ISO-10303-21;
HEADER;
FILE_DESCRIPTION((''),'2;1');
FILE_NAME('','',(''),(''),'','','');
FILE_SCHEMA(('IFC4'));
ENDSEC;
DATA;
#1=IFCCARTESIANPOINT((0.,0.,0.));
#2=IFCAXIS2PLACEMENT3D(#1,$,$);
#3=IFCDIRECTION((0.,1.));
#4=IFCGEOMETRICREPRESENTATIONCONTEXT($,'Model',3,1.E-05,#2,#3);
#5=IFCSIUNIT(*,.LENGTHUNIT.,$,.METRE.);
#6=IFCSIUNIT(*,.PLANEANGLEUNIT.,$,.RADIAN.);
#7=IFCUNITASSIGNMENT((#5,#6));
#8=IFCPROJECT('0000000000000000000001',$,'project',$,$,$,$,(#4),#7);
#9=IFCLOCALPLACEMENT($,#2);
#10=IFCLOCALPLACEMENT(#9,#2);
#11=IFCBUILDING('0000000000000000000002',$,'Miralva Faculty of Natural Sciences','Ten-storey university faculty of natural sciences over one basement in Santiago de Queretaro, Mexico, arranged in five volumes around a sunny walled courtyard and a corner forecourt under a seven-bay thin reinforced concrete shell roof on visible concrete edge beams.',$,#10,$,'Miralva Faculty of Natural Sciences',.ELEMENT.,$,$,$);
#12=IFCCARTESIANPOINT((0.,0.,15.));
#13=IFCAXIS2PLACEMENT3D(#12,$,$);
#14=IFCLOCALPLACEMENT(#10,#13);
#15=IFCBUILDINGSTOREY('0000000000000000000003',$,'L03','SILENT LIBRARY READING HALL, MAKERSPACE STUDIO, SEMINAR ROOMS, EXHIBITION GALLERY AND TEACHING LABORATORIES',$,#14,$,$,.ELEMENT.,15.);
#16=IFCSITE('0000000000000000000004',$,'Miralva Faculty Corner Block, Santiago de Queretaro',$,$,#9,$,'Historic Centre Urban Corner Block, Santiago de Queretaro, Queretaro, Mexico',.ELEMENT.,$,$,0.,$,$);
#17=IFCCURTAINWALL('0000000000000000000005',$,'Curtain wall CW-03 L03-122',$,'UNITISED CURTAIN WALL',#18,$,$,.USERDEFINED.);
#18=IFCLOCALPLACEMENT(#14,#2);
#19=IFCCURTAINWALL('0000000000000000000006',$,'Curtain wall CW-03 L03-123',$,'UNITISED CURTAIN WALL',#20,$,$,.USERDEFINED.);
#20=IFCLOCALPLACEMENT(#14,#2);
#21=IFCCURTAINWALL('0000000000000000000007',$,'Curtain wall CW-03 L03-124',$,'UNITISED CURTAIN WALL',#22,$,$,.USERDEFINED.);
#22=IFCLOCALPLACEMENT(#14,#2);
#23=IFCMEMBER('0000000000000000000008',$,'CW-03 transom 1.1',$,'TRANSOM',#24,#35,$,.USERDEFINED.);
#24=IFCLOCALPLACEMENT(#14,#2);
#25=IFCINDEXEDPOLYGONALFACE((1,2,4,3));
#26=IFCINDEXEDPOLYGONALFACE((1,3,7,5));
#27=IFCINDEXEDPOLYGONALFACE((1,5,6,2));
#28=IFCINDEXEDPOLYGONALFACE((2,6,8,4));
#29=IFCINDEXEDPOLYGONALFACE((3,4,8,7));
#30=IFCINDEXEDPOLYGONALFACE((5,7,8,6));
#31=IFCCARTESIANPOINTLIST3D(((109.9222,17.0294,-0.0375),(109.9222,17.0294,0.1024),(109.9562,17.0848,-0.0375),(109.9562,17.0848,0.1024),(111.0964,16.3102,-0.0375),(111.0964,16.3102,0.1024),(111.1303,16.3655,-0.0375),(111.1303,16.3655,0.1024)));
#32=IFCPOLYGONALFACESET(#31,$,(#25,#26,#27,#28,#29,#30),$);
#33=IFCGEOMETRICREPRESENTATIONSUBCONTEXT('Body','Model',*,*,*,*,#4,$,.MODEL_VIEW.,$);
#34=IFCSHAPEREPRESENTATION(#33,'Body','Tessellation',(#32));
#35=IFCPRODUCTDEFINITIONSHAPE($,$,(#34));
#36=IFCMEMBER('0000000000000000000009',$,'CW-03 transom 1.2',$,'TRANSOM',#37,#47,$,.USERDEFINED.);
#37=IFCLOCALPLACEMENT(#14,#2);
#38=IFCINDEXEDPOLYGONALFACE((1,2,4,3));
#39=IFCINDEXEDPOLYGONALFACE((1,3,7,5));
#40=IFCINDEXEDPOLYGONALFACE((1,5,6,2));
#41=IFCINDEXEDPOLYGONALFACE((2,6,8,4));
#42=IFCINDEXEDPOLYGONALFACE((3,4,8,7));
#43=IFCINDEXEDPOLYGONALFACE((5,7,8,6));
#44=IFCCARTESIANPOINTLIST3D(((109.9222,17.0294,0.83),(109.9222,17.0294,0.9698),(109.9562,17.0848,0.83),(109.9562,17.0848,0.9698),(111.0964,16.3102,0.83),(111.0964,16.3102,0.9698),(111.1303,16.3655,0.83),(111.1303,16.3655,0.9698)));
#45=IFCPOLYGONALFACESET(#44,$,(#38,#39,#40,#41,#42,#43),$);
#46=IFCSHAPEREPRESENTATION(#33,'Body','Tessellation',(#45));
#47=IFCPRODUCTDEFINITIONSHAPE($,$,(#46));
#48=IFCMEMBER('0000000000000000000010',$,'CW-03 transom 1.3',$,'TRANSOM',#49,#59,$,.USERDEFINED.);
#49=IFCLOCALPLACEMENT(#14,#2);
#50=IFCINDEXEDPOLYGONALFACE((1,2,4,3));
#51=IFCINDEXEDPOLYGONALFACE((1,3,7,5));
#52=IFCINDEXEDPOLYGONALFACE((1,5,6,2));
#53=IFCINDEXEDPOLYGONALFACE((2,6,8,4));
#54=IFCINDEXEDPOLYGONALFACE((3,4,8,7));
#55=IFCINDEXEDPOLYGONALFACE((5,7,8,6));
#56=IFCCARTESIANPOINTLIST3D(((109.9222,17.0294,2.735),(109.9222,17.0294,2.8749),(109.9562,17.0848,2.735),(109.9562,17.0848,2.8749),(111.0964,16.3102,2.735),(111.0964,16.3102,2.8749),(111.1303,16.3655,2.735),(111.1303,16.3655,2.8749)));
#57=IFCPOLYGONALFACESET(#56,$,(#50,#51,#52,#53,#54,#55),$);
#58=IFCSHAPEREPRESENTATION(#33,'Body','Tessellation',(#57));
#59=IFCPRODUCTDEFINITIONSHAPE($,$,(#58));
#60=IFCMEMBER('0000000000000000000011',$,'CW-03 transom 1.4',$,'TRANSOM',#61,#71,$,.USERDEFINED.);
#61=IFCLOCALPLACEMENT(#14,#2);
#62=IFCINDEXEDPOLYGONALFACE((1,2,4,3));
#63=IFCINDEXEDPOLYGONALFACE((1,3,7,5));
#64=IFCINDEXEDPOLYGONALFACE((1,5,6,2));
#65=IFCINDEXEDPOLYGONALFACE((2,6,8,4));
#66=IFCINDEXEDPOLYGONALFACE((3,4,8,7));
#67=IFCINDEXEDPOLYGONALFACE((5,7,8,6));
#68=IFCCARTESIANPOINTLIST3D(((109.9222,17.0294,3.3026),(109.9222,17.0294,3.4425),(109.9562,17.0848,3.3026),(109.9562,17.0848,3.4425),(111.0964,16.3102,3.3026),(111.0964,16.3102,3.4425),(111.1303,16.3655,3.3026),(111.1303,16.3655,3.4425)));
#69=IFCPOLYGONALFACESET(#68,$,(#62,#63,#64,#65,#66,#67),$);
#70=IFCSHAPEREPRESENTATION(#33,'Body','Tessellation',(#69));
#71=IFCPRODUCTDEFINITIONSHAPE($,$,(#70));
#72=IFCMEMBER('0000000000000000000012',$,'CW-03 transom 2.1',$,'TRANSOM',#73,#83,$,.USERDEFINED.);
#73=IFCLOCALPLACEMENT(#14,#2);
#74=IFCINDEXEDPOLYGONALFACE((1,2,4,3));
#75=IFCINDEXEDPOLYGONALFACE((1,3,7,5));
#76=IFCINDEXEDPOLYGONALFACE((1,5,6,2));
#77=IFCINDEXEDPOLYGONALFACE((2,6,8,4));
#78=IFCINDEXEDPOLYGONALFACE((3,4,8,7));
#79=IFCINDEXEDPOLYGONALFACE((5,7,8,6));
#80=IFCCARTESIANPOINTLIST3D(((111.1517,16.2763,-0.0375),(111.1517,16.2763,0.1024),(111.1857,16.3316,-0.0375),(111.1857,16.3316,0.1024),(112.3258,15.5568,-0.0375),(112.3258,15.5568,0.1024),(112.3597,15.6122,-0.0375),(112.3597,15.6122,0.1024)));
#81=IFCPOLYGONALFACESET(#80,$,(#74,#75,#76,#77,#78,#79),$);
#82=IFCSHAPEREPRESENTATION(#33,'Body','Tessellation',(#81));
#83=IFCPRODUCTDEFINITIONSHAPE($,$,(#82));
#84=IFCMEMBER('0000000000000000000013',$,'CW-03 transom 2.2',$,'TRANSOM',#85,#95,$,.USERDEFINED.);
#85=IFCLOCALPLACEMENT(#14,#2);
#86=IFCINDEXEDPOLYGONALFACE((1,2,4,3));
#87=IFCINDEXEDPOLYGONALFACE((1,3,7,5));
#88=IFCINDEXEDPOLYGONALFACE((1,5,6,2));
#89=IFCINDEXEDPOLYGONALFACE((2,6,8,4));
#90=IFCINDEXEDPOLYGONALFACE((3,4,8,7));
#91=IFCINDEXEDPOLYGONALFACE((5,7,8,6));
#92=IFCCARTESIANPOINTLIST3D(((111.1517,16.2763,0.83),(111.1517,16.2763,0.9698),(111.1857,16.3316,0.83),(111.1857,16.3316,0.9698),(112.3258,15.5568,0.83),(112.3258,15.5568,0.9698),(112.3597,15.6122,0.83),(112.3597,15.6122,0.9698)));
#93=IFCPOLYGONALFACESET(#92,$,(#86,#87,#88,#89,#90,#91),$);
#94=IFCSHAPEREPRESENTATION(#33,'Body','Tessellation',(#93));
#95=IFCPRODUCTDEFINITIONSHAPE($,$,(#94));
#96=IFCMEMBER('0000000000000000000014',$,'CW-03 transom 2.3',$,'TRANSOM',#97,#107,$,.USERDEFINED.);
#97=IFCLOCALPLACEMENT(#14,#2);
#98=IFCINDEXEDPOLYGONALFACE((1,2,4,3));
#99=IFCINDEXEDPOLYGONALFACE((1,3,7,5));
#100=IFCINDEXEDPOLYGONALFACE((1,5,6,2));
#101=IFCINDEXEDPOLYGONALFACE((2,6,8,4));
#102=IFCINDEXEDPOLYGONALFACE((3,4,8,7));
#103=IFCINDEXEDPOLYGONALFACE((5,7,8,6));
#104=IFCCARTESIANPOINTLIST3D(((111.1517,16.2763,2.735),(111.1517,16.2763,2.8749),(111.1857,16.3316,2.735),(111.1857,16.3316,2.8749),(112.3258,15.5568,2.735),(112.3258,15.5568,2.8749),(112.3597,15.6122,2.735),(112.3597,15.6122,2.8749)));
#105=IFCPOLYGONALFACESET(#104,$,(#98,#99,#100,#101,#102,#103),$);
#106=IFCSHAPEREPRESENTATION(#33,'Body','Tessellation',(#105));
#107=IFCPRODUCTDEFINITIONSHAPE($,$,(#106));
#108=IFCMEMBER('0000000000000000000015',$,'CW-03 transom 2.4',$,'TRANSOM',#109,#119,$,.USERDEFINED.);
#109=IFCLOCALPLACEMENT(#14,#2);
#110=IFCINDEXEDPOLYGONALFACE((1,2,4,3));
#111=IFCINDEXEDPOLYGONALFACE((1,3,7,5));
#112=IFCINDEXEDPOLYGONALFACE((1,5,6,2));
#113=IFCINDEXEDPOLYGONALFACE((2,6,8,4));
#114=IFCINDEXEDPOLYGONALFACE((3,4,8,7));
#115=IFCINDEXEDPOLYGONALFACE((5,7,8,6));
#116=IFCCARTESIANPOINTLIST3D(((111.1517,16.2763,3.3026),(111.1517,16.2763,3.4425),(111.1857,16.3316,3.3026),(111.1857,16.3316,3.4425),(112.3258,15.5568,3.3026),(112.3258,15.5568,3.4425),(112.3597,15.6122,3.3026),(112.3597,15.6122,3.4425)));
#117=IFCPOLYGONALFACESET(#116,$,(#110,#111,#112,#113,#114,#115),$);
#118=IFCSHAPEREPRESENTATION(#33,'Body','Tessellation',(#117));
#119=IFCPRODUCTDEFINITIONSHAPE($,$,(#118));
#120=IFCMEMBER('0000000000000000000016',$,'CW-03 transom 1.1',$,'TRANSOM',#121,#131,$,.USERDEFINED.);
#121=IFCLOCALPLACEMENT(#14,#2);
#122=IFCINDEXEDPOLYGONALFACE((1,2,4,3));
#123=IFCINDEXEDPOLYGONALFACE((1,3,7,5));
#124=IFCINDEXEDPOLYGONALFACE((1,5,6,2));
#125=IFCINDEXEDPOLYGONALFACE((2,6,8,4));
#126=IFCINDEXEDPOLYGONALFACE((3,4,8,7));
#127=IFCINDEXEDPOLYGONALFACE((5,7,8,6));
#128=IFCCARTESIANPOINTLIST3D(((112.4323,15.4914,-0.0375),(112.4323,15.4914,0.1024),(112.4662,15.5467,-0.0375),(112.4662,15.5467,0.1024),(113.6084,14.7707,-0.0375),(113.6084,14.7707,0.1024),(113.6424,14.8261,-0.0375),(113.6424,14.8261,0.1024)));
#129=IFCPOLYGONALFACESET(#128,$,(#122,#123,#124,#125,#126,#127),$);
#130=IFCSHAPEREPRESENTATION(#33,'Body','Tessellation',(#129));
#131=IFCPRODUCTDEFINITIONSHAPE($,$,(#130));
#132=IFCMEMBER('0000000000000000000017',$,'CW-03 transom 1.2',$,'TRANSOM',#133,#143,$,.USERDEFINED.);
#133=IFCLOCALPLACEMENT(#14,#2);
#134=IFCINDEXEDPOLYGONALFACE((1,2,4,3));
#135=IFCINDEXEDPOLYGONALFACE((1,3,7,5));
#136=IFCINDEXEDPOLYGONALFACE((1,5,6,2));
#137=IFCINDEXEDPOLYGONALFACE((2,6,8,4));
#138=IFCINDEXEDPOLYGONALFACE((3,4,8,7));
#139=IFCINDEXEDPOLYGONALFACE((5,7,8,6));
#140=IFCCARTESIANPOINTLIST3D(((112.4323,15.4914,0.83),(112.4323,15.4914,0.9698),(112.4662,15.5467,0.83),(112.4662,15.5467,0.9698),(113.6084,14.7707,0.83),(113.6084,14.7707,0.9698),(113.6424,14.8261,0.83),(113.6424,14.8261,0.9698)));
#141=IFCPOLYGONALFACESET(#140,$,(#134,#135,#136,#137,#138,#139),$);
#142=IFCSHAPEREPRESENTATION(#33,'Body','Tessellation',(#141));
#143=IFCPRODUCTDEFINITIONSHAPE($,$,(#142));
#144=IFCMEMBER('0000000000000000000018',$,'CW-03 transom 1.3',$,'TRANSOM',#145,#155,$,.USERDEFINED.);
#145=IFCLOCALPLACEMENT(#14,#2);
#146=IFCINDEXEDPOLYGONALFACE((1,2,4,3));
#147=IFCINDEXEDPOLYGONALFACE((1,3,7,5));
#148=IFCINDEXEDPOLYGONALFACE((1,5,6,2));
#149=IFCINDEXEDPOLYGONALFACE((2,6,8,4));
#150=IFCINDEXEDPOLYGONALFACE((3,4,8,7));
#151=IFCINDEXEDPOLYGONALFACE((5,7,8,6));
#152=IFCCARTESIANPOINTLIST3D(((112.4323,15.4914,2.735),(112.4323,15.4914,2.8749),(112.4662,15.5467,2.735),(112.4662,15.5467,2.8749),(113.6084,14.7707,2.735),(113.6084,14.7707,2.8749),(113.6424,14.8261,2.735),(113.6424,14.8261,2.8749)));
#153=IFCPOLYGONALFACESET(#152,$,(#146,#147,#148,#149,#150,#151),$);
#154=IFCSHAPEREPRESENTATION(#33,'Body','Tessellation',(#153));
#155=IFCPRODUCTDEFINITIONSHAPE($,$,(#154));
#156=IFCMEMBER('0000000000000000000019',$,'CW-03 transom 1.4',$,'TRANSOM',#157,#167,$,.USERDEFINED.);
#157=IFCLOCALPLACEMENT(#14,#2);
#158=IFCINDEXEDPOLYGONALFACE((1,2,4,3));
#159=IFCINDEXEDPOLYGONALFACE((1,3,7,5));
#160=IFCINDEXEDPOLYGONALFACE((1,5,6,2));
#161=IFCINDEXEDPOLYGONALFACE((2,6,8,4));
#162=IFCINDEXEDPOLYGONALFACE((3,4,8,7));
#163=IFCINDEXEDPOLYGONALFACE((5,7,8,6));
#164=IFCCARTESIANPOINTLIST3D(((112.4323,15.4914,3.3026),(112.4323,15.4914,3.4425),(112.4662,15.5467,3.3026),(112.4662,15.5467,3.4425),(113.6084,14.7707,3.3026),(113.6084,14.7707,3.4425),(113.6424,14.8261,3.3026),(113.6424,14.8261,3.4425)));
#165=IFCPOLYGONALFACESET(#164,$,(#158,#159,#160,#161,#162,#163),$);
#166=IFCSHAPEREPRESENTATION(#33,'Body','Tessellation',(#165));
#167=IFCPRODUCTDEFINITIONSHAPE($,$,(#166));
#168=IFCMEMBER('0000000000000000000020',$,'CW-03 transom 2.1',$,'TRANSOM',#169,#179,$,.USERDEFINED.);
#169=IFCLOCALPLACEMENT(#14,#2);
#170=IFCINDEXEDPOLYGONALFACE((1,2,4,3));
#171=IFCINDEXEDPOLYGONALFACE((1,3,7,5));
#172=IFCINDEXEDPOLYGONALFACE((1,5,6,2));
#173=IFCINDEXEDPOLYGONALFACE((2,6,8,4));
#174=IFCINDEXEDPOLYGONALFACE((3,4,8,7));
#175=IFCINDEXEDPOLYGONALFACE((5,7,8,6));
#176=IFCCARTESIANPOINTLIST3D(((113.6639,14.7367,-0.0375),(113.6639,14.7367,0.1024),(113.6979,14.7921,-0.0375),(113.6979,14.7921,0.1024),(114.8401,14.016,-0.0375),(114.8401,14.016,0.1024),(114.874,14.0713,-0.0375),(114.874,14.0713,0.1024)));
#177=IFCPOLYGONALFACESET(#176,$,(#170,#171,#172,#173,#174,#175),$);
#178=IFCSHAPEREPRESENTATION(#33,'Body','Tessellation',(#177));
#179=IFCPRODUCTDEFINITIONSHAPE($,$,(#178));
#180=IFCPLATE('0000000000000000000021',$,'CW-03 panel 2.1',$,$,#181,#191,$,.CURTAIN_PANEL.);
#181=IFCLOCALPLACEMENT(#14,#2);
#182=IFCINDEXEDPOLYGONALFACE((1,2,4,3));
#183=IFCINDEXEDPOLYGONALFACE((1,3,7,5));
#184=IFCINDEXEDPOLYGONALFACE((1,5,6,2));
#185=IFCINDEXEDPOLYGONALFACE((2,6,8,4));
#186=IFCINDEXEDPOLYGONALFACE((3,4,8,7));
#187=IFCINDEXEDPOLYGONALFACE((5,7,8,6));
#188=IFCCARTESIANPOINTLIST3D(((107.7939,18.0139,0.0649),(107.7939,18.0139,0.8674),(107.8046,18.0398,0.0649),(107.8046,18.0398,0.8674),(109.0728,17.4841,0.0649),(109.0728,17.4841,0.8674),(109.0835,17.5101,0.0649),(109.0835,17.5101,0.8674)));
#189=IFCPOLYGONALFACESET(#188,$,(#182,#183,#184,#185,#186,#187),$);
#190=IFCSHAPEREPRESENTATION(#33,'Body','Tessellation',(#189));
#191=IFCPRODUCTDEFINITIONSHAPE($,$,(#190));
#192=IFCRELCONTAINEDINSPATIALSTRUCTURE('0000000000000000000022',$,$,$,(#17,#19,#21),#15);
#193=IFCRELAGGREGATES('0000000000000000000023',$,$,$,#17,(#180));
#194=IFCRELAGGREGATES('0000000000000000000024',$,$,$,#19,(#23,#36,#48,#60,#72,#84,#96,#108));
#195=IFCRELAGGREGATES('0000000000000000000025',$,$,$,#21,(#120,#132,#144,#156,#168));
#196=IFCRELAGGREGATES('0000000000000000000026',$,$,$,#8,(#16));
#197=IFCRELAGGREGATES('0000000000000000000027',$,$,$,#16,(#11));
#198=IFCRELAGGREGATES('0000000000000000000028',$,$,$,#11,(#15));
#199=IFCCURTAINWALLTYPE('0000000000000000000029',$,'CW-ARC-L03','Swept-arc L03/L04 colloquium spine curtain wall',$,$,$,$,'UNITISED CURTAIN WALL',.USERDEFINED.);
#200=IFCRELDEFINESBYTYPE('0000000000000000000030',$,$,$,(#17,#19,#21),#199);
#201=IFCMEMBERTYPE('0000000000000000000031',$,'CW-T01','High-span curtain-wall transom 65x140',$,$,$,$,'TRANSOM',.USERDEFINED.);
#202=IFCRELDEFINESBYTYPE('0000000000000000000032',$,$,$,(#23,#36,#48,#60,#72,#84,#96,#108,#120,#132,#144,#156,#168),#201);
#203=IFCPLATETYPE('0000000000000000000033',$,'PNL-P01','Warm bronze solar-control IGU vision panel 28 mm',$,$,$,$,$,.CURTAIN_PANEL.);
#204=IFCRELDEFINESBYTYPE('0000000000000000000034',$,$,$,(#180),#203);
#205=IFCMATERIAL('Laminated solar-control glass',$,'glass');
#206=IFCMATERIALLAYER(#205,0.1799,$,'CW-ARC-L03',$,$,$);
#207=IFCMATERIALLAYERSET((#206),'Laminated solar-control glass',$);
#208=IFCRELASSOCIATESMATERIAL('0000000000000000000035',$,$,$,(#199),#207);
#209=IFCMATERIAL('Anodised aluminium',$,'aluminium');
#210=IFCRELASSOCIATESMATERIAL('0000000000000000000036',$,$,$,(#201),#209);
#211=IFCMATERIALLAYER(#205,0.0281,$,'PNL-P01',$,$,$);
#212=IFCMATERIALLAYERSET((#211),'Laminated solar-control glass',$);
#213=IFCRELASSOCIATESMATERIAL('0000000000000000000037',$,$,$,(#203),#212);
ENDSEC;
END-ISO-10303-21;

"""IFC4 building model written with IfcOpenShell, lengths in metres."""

from ifc_helpers import new_model, si_unit, direction, frame, origin, origin_2d, place, context, subcontext, project, spatial, rectangle, extrude, material, layer, layer_set, material_profile, profile_set, type_object, element, aggregate, save


model = new_model("IFC4")

# Units and contexts
model_context = context("Model", 3, precision=1e-05, world=origin(), true_north=direction((0.0, 1.0)))
body_context = subcontext(model_context, "Body", "Model", "MODEL_VIEW")
ifc_project = project(units=[si_unit("LENGTHUNIT", "METRE"), si_unit("PLANEANGLEUNIT", "RADIAN")], contexts=[model_context])

# Site, building, storey
site_placement = place(None, origin())
site = spatial("IfcSite", under=ifc_project, at=site_placement, Name="Miralva Faculty Corner Block, Santiago de Queretaro", LongName="Historic Centre Urban Corner Block, Santiago de Queretaro, Queretaro, Mexico", CompositionType="ELEMENT", RefElevation=0.0)
building_placement = place(site_placement, origin())
building = spatial("IfcBuilding", under=site, at=building_placement, Name="Miralva Faculty of Natural Sciences", Description="Ten-storey university faculty of natural sciences over one basement in Santiago de Queretaro, Mexico, arranged in five volumes around a sunny walled courtyard and a corner forecourt under a seven-bay thin reinforced concrete shell roof on visible concrete edge beams.", LongName="Miralva Faculty of Natural Sciences", CompositionType="ELEMENT")
storey_placement = place(building_placement, frame((0.0, 0.0, 15.0)))
storey = spatial("IfcBuildingStorey", under=building, at=storey_placement, Name="L03", Description="SILENT LIBRARY READING HALL, MAKERSPACE STUDIO, SEMINAR ROOMS, EXHIBITION GALLERY AND TEACHING LABORATORIES", CompositionType="ELEMENT", Elevation=15.0)

# Curtain wall
ifc_material_1 = material(Name="Laminated solar-control glass", Category="glass")
ifc_layer_1 = layer(ifc_material_1, 0.1799, Name="CW-ARC-L03")
ifc_layer_set_1 = layer_set([ifc_layer_1], Name="Laminated solar-control glass")
curtain_wall_type = type_object("IfcCurtainWallType", Name="CW-ARC-L03", Description="Swept-arc L03/L04 colloquium spine curtain wall", ElementType="UNITISED CURTAIN WALL", PredefinedType="USERDEFINED", material=ifc_layer_set_1)
curtain_wall_1_placement = place(storey_placement, origin())
curtain_wall_1 = element("IfcCurtainWall", 1, at=curtain_wall_1_placement, inside=storey, type_object=curtain_wall_type, Name="Curtain wall CW-03 L03-122", ObjectType="UNITISED CURTAIN WALL", PredefinedType="USERDEFINED")
ifc_material_2 = material(Name="Anodised aluminium", Category="aluminium")

# Curtain walls
curtain_wall_2_placement = place(storey_placement, origin())
curtain_wall_2 = element("IfcCurtainWall", 2, at=curtain_wall_2_placement, inside=storey, type_object=curtain_wall_type, Name="Curtain wall CW-03 L03-123", ObjectType="UNITISED CURTAIN WALL", PredefinedType="USERDEFINED")
curtain_wall_3_placement = place(storey_placement, origin())
curtain_wall_3 = element("IfcCurtainWall", 3, at=curtain_wall_3_placement, inside=storey, type_object=curtain_wall_type, Name="Curtain wall CW-03 L03-124", ObjectType="UNITISED CURTAIN WALL", PredefinedType="USERDEFINED")

# Members
ifc_material_profile_1 = material_profile(ifc_material_2, rectangle(XDim=0.0649, YDim=0.1399, at=origin_2d()), Name="TRANSOM 65x140")
ifc_profile_set_1 = profile_set([ifc_material_profile_1], Name="Anodised aluminium")
member_type_1 = type_object("IfcMemberType", Name="CW-T01", Description="High-span curtain-wall transom 65x140", ElementType="TRANSOM", PredefinedType="USERDEFINED", material=ifc_profile_set_1)
member_1_placement = place(storey_placement, frame((109.9392, 17.0571, 0.0325), z_axis=(0.852716, -0.522375, 0.0), x_axis=(0.522375, 0.852716, 0.0)))
member_1 = element("IfcMember", 4, at=member_1_placement, type_object=member_type_1, Name="CW-03 transom 1.1", ObjectType="TRANSOM", PredefinedType="USERDEFINED", context=body_context, shape_type="SweptSolid", body=[
    extrude(rectangle(XDim=0.0649, YDim=0.1399, at=origin_2d()), origin(), (0.0, 0.0, 1.0), 1.377),
])
member_2_placement = place(storey_placement, frame((109.9392, 17.0571, 0.8999), z_axis=(0.852716, -0.522375, 0.0), x_axis=(0.522375, 0.852716, 0.0)))
member_2 = element("IfcMember", 5, at=member_2_placement, type_object=member_type_1, Name="CW-03 transom 1.2", ObjectType="TRANSOM", PredefinedType="USERDEFINED", context=body_context, shape_type="SweptSolid", body=[
    extrude(rectangle(XDim=0.0649, YDim=0.1399, at=origin_2d()), origin(), (0.0, 0.0, 1.0), 1.377),
])
member_3_placement = place(storey_placement, frame((109.9392, 17.0571, 2.8049), z_axis=(0.852716, -0.522375, 0.0), x_axis=(0.522375, 0.852716, 0.0)))
member_3 = element("IfcMember", 6, at=member_3_placement, type_object=member_type_1, Name="CW-03 transom 1.3", ObjectType="TRANSOM", PredefinedType="USERDEFINED", context=body_context, shape_type="SweptSolid", body=[
    extrude(rectangle(XDim=0.0649, YDim=0.1399, at=origin_2d()), origin(), (0.0, 0.0, 1.0), 1.377),
])
member_4_placement = place(storey_placement, frame((109.9392, 17.0571, 3.3726), z_axis=(0.852716, -0.522375, 0.0), x_axis=(0.522375, 0.852716, 0.0)))
member_4 = element("IfcMember", 7, at=member_4_placement, type_object=member_type_1, Name="CW-03 transom 1.4", ObjectType="TRANSOM", PredefinedType="USERDEFINED", context=body_context, shape_type="SweptSolid", body=[
    extrude(rectangle(XDim=0.0649, YDim=0.1399, at=origin_2d()), origin(), (0.0, 0.0, 1.0), 1.377),
])
member_5_placement = place(storey_placement, frame((111.1687, 16.304, 0.0325), z_axis=(0.852637, -0.522504, 0.0), x_axis=(0.522504, 0.852637, 0.0)))
member_5 = element("IfcMember", 8, at=member_5_placement, type_object=member_type_1, Name="CW-03 transom 2.1", ObjectType="TRANSOM", PredefinedType="USERDEFINED", context=body_context, shape_type="SweptSolid", body=[
    extrude(rectangle(XDim=0.0649, YDim=0.1399, at=origin_2d()), origin(), (0.0, 0.0, 1.0), 1.377),
])
member_6_placement = place(storey_placement, frame((111.1687, 16.304, 0.8999), z_axis=(0.852637, -0.522504, 0.0), x_axis=(0.522504, 0.852637, 0.0)))
member_6 = element("IfcMember", 9, at=member_6_placement, type_object=member_type_1, Name="CW-03 transom 2.2", ObjectType="TRANSOM", PredefinedType="USERDEFINED", context=body_context, shape_type="SweptSolid", body=[
    extrude(rectangle(XDim=0.0649, YDim=0.1399, at=origin_2d()), origin(), (0.0, 0.0, 1.0), 1.377),
])
member_7_placement = place(storey_placement, frame((111.1687, 16.304, 2.8049), z_axis=(0.852637, -0.522504, 0.0), x_axis=(0.522504, 0.852637, 0.0)))
member_7 = element("IfcMember", 10, at=member_7_placement, type_object=member_type_1, Name="CW-03 transom 2.3", ObjectType="TRANSOM", PredefinedType="USERDEFINED", context=body_context, shape_type="SweptSolid", body=[
    extrude(rectangle(XDim=0.0649, YDim=0.1399, at=origin_2d()), origin(), (0.0, 0.0, 1.0), 1.377),
])
member_8_placement = place(storey_placement, frame((111.1687, 16.304, 3.3726), z_axis=(0.852637, -0.522504, 0.0), x_axis=(0.522504, 0.852637, 0.0)))
member_8 = element("IfcMember", 11, at=member_8_placement, type_object=member_type_1, Name="CW-03 transom 2.4", ObjectType="TRANSOM", PredefinedType="USERDEFINED", context=body_context, shape_type="SweptSolid", body=[
    extrude(rectangle(XDim=0.0649, YDim=0.1399, at=origin_2d()), origin(), (0.0, 0.0, 1.0), 1.377),
])
member_9_placement = place(storey_placement, frame((112.4492, 15.519, 0.0325), z_axis=(0.852678, -0.522438, 0.0), x_axis=(0.522438, 0.852678, 0.0)))
member_9 = element("IfcMember", 12, at=member_9_placement, type_object=member_type_1, Name="CW-03 transom 1.1", ObjectType="TRANSOM", PredefinedType="USERDEFINED", context=body_context, shape_type="SweptSolid", body=[
    extrude(rectangle(XDim=0.0649, YDim=0.1399, at=origin_2d()), origin(), (0.0, 0.0, 1.0), 1.3794),
])
member_10_placement = place(storey_placement, frame((112.4492, 15.519, 0.8999), z_axis=(0.852678, -0.522438, 0.0), x_axis=(0.522438, 0.852678, 0.0)))
member_10 = element("IfcMember", 13, at=member_10_placement, type_object=member_type_1, Name="CW-03 transom 1.2", ObjectType="TRANSOM", PredefinedType="USERDEFINED", context=body_context, shape_type="SweptSolid", body=[
    extrude(rectangle(XDim=0.0649, YDim=0.1399, at=origin_2d()), origin(), (0.0, 0.0, 1.0), 1.3794),
])
member_11_placement = place(storey_placement, frame((112.4492, 15.519, 2.8049), z_axis=(0.852678, -0.522438, 0.0), x_axis=(0.522438, 0.852678, 0.0)))
member_11 = element("IfcMember", 14, at=member_11_placement, type_object=member_type_1, Name="CW-03 transom 1.3", ObjectType="TRANSOM", PredefinedType="USERDEFINED", context=body_context, shape_type="SweptSolid", body=[
    extrude(rectangle(XDim=0.0649, YDim=0.1399, at=origin_2d()), origin(), (0.0, 0.0, 1.0), 1.3794),
])
member_12_placement = place(storey_placement, frame((112.4492, 15.519, 3.3726), z_axis=(0.852678, -0.522438, 0.0), x_axis=(0.522438, 0.852678, 0.0)))
member_12 = element("IfcMember", 15, at=member_12_placement, type_object=member_type_1, Name="CW-03 transom 1.4", ObjectType="TRANSOM", PredefinedType="USERDEFINED", context=body_context, shape_type="SweptSolid", body=[
    extrude(rectangle(XDim=0.0649, YDim=0.1399, at=origin_2d()), origin(), (0.0, 0.0, 1.0), 1.3794),
])
member_13_placement = place(storey_placement, frame((113.6809, 14.7644, 0.0325), z_axis=(0.852629, -0.522516, 0.0), x_axis=(0.522516, 0.852629, 0.0)))
member_13 = element("IfcMember", 16, at=member_13_placement, type_object=member_type_1, Name="CW-03 transom 2.1", ObjectType="TRANSOM", PredefinedType="USERDEFINED", context=body_context, shape_type="SweptSolid", body=[
    extrude(rectangle(XDim=0.0649, YDim=0.1399, at=origin_2d()), origin(), (0.0, 0.0, 1.0), 1.3794),
])

# Plate
ifc_layer_2 = layer(ifc_material_1, 0.0281, Name="PNL-P01")
ifc_layer_set_2 = layer_set([ifc_layer_2], Name="Laminated solar-control glass")
plate_type = type_object("IfcPlateType", Name="PNL-P01", Description="Warm bronze solar-control IGU vision panel 28 mm", PredefinedType="CURTAIN_PANEL", material=ifc_layer_set_2)
plate_1_placement = place(storey_placement, frame((108.4387, 17.762, 0.0649), z_axis=(0.0, 0.0, 1.0), x_axis=(0.923875, -0.382695, 0.0)))
plate_1 = element("IfcPlate", 17, at=plate_1_placement, type_object=plate_type, Name="CW-03 panel 2.1", PredefinedType="CURTAIN_PANEL", context=body_context, shape_type="SweptSolid", body=[
    extrude(rectangle(XDim=1.3843, YDim=0.0281, at=origin_2d()), origin(), (0.0, 0.0, 1.0), 0.8025),
])
aggregate(curtain_wall_1, [plate_1])
aggregate(curtain_wall_2, [member_1, member_2, member_3, member_4, member_5, member_6, member_7, member_8])
aggregate(curtain_wall_3, [member_9, member_10, member_11, member_12, member_13])

save(model, "model.ifc")
